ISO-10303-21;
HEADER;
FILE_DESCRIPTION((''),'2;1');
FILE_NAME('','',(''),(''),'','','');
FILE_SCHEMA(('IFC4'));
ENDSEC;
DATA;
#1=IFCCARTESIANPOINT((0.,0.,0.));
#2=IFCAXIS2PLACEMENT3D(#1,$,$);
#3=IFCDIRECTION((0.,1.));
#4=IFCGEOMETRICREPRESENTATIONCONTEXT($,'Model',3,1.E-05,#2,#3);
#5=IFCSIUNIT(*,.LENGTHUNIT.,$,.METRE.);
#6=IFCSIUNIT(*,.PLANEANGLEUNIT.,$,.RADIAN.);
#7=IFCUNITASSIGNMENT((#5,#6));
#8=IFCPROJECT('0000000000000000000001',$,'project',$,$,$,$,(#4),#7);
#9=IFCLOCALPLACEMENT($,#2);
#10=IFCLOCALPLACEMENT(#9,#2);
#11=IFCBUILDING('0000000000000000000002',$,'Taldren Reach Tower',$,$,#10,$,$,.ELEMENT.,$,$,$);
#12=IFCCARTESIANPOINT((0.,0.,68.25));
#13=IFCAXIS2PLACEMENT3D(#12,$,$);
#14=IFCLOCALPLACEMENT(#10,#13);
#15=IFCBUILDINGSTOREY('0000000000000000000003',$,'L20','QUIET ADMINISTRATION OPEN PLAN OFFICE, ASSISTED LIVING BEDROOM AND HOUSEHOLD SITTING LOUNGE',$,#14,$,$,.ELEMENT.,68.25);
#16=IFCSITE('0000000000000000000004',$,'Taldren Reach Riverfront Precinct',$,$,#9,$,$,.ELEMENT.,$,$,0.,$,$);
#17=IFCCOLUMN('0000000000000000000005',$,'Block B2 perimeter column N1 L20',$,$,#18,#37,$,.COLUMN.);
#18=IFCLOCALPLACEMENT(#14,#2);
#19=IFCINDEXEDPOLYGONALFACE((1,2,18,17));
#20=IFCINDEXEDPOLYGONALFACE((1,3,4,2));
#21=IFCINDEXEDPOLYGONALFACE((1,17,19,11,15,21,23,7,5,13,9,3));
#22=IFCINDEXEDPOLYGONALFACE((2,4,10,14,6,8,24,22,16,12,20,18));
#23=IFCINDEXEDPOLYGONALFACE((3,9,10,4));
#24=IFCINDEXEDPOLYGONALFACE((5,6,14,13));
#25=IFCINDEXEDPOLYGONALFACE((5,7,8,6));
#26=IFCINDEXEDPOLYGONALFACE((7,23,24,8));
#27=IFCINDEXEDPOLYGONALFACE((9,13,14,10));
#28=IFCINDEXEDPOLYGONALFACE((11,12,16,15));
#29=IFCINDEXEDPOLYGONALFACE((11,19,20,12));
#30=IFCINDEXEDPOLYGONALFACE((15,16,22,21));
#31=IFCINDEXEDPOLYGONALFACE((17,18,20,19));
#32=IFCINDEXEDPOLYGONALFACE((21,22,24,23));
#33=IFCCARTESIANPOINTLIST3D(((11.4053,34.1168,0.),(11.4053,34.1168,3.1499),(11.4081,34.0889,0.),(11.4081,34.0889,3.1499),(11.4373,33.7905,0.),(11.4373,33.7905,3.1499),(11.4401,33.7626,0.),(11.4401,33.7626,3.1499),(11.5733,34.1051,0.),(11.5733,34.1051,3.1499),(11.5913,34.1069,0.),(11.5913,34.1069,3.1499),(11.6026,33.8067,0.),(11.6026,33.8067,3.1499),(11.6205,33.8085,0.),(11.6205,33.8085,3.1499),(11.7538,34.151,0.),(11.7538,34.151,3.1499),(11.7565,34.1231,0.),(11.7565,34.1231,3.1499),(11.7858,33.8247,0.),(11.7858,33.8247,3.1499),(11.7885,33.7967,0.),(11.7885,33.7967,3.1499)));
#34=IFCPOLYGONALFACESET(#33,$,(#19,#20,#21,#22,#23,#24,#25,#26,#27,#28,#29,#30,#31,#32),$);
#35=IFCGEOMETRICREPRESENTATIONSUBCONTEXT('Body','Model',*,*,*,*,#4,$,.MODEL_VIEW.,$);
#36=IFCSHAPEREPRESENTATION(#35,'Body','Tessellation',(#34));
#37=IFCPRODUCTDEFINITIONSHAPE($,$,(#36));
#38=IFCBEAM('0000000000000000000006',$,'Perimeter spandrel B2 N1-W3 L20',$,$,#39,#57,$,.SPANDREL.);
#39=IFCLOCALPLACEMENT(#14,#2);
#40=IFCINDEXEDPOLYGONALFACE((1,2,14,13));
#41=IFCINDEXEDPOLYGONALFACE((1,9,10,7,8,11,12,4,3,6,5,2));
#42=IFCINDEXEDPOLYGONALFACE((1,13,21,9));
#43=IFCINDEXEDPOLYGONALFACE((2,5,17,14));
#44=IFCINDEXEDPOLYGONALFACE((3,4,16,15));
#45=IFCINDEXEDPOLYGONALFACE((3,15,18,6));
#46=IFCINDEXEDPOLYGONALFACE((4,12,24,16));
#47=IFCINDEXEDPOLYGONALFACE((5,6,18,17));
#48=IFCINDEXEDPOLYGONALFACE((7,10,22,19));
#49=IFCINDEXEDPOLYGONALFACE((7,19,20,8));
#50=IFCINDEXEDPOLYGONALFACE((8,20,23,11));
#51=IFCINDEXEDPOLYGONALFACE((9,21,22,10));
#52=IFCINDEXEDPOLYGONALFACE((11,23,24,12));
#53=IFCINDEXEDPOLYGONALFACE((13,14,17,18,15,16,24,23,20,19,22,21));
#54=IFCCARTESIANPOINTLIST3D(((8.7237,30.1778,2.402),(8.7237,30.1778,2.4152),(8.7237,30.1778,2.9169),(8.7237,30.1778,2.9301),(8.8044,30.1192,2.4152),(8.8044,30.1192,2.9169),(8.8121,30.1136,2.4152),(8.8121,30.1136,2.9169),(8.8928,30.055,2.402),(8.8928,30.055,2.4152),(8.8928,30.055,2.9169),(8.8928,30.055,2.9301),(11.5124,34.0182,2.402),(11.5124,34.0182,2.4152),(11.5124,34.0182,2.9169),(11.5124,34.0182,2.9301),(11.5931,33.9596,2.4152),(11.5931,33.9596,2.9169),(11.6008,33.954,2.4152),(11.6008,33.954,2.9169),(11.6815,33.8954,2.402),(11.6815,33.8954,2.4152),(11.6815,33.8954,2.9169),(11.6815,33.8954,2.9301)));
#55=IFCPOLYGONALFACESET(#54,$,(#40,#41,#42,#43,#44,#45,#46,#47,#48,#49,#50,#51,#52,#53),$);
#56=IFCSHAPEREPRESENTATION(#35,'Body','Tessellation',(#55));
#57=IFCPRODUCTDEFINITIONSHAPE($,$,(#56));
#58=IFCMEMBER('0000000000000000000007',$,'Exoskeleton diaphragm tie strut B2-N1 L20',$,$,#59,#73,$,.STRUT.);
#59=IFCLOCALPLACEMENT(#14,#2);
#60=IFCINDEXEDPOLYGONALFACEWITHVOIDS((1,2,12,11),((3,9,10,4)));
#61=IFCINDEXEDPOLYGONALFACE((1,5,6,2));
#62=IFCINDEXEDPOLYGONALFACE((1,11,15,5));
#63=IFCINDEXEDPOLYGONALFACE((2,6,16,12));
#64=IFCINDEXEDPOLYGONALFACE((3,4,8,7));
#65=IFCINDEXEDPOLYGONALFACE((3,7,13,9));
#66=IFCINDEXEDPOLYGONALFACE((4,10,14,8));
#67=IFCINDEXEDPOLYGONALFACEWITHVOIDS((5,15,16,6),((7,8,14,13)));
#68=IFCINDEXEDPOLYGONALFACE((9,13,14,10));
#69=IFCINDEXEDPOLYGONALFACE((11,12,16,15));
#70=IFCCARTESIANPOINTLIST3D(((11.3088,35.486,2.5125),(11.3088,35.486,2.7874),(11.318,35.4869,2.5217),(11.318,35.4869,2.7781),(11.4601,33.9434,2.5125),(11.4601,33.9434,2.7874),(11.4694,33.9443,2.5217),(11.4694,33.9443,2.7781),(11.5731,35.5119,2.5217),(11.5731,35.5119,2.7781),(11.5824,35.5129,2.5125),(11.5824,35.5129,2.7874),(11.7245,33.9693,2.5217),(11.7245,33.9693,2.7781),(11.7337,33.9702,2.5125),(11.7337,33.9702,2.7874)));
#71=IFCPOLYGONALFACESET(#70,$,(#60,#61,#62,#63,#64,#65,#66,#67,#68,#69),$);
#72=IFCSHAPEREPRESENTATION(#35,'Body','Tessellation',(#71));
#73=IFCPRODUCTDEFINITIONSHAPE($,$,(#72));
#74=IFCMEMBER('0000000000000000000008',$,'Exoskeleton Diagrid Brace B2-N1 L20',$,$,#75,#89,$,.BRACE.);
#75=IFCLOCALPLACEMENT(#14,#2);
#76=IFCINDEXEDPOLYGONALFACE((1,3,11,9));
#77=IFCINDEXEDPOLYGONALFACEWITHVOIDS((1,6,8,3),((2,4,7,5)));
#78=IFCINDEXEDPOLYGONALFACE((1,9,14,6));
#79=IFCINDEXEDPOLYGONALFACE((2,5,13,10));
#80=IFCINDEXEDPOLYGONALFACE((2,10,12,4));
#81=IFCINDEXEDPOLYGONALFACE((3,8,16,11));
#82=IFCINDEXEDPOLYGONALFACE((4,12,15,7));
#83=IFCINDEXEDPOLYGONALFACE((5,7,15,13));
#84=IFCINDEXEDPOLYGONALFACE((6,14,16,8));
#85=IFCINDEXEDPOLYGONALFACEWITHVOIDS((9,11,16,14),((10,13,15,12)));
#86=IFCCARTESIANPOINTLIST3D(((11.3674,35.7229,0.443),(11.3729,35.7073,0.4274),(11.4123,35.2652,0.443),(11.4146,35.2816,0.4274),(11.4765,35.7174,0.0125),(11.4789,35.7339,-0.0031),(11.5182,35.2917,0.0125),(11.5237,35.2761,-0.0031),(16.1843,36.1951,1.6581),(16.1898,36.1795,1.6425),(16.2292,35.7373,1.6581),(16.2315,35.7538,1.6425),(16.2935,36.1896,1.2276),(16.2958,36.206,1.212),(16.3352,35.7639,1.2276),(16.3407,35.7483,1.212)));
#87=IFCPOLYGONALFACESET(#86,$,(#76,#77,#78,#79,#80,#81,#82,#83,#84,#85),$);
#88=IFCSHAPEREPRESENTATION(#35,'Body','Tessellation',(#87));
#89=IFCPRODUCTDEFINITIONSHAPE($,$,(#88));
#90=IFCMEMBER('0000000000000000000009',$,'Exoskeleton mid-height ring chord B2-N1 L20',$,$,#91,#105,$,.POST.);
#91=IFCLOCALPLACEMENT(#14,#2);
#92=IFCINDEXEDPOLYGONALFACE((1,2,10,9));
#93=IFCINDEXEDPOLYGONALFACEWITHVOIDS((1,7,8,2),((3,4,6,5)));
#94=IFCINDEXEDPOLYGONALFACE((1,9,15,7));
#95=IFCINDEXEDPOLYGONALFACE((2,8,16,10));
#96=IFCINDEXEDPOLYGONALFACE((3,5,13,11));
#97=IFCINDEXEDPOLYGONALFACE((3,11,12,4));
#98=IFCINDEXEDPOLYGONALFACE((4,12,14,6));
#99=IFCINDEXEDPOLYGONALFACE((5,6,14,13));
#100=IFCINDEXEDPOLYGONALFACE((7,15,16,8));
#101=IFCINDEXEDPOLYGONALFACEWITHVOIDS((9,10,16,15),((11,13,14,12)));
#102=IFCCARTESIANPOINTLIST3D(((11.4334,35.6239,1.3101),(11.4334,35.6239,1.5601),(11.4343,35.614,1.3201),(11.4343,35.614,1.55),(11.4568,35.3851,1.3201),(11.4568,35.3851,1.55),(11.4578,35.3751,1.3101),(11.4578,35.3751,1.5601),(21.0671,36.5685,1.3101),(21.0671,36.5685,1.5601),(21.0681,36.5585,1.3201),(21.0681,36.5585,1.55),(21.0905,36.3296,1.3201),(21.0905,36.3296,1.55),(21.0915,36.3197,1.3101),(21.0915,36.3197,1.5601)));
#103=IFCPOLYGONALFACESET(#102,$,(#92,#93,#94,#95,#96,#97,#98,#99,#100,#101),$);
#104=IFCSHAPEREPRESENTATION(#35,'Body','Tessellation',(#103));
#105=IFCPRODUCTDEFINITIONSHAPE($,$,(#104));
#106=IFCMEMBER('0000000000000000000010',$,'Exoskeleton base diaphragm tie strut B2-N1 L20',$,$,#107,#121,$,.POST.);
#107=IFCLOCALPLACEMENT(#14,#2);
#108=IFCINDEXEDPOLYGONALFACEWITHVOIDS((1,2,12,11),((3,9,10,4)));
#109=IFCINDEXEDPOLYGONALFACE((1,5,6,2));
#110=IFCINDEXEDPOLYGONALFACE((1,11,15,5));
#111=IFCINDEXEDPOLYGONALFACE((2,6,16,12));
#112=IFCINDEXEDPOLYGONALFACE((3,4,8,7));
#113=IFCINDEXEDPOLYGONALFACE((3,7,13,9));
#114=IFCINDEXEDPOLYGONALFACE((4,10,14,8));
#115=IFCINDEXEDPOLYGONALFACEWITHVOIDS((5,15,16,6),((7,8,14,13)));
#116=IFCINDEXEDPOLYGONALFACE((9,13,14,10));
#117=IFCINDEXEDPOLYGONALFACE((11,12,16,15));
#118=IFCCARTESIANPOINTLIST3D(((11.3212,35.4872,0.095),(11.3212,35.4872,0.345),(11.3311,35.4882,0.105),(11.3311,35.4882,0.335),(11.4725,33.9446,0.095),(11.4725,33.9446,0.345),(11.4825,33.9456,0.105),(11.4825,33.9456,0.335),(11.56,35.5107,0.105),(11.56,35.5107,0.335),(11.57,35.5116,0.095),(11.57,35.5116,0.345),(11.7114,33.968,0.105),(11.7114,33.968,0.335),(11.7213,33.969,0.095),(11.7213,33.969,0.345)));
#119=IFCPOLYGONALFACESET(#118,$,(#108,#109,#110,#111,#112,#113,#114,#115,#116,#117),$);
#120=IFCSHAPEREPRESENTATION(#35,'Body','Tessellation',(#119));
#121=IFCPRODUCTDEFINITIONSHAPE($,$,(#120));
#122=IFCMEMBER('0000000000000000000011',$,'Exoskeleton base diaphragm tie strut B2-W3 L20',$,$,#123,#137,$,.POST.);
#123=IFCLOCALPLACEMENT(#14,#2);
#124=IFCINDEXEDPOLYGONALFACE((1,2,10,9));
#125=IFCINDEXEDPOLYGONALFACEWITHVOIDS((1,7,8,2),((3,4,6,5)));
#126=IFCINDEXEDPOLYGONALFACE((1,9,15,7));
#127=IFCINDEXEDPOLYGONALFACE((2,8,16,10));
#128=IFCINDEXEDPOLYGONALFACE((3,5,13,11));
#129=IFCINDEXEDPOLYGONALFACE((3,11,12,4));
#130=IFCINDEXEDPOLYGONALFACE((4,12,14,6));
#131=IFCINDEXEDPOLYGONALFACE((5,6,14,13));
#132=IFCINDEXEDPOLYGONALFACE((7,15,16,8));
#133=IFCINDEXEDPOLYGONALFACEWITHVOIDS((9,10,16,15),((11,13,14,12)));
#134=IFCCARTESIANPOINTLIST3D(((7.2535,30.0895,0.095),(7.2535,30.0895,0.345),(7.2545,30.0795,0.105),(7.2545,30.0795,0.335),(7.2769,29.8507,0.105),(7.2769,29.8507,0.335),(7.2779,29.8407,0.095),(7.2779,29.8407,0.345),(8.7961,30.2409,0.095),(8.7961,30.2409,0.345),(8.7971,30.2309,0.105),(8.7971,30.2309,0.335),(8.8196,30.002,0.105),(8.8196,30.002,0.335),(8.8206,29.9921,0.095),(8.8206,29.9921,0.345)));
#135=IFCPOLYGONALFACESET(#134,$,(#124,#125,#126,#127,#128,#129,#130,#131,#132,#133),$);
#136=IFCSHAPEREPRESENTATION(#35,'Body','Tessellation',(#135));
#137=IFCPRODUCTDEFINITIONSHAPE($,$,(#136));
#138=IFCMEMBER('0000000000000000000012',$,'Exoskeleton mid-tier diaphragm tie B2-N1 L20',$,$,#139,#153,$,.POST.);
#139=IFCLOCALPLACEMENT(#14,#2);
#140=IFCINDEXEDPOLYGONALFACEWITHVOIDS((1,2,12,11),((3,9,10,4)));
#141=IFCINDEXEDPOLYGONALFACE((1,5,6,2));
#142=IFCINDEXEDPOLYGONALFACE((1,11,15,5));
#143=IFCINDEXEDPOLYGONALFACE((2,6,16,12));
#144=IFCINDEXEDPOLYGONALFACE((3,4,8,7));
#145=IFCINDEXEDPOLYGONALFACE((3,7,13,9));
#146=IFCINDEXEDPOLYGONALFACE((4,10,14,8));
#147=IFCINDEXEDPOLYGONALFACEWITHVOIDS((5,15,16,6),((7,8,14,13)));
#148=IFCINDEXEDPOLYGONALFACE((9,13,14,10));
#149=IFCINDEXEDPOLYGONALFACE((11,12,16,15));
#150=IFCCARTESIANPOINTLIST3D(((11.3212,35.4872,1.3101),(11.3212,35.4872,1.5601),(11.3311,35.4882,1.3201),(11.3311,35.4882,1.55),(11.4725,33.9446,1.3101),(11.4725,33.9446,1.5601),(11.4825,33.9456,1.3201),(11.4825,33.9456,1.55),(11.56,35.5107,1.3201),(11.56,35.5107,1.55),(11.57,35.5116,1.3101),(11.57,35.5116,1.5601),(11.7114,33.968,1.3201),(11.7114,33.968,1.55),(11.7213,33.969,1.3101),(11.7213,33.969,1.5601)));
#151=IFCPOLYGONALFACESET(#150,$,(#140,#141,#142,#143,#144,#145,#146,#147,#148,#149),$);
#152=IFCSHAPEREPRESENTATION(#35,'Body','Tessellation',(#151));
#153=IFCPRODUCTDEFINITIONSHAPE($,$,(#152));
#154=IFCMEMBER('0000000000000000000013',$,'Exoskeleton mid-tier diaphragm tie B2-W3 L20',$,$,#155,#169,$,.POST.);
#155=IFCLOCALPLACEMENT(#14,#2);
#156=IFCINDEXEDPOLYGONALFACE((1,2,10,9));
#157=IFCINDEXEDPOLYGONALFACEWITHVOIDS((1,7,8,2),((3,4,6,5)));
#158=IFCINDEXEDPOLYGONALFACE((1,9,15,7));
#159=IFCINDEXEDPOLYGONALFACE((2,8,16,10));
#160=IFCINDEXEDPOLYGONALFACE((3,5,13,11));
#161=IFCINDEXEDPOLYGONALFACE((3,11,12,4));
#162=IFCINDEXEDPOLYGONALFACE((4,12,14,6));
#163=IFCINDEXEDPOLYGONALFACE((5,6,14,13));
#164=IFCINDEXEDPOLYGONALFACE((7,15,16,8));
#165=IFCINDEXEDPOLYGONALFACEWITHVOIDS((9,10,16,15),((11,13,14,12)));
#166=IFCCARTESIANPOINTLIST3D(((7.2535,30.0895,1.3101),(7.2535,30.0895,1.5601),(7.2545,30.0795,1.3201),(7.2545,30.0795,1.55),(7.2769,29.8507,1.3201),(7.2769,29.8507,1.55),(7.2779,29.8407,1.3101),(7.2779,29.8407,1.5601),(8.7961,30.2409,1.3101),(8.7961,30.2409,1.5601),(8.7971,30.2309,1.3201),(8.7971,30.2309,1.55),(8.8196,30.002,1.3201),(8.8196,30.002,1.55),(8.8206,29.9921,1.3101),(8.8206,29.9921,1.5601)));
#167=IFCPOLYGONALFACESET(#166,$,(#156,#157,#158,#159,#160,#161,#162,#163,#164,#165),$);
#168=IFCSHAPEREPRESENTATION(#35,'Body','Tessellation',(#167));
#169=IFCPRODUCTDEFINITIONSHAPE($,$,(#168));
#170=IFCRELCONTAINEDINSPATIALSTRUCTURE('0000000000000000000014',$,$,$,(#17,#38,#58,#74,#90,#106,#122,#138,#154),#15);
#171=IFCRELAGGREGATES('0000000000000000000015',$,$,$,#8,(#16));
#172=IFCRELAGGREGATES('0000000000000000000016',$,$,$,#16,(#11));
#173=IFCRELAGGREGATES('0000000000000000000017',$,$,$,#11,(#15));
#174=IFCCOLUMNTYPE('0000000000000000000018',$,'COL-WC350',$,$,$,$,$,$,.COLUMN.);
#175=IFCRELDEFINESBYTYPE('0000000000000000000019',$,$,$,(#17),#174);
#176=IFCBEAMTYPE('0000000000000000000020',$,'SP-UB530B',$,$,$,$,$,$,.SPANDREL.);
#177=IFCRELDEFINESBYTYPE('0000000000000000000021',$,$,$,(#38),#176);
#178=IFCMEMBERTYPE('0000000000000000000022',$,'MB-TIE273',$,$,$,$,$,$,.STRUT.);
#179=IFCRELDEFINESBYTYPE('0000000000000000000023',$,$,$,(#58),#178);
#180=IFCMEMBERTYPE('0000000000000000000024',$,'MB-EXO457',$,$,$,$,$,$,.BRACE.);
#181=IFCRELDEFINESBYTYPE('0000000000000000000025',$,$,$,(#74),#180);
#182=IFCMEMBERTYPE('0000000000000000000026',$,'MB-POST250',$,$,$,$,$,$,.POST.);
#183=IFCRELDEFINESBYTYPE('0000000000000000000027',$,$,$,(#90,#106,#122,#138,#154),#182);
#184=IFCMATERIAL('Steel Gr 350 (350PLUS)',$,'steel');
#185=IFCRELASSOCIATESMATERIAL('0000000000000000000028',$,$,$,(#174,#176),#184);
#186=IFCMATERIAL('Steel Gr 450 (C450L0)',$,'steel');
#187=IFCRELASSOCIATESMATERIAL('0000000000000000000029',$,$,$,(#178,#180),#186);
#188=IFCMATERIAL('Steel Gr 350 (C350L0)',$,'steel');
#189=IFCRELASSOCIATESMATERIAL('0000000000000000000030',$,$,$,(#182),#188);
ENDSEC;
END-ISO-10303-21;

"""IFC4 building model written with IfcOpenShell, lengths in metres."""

from ifc_helpers import new_model, si_unit, direction, frame, origin, origin_2d, place, context, subcontext, project, spatial, hollow_rectangle, i_section, extrude, source, transform, mapped, material, material_profile, profile_set, type_object, element, save


model = new_model("IFC4")

# Units and contexts
model_context = context("Model", 3, precision=1e-05, world=origin(), true_north=direction((0.0, 1.0)))
body_context = subcontext(model_context, "Body", "Model", "MODEL_VIEW")
ifc_project = project(units=[si_unit("LENGTHUNIT", "METRE"), si_unit("PLANEANGLEUNIT", "RADIAN")], contexts=[model_context])

# Site, building, storey
site_placement = place(None, origin())
site = spatial("IfcSite", under=ifc_project, at=site_placement, Name="Taldren Reach Riverfront Precinct", CompositionType="ELEMENT", RefElevation=0.0)
building_placement = place(site_placement, origin())
building = spatial("IfcBuilding", under=site, at=building_placement, Name="Taldren Reach Tower", CompositionType="ELEMENT")
storey_placement = place(building_placement, frame((0.0, 0.0, 68.25)))
storey = spatial("IfcBuildingStorey", under=building, at=storey_placement, Name="L20", Description="QUIET ADMINISTRATION OPEN PLAN OFFICE, ASSISTED LIVING BEDROOM AND HOUSEHOLD SITTING LOUNGE", CompositionType="ELEMENT", Elevation=68.25)

# Column
ifc_material_1 = material(Name="Steel Gr 350 (350PLUS)", Category="steel")
ifc_material_profile_1 = material_profile(ifc_material_1, i_section(OverallWidth=0.3501, OverallDepth=0.356, WebThickness=0.0181, FlangeThickness=0.0281, at=origin_2d()), Name="350WC197")
ifc_profile_set_1 = profile_set([ifc_material_profile_1], Name="Steel Gr 350 (350PLUS)")
column_type = type_object("IfcColumnType", Name="COL-WC350", PredefinedType="COLUMN", material=ifc_profile_set_1)
shared_shape_1 = source(origin(), body_context, "Body", "SweptSolid", [
    extrude(i_section(OverallWidth=0.3501, OverallDepth=0.356, WebThickness=0.0181, FlangeThickness=0.0281, at=origin_2d()), origin(), (0.0, 0.0, 1.0), 3.1499),
])
column_placement = place(storey_placement, frame((11.5969, 33.9568, 0.0), z_axis=(0.0, 0.0, 1.0), x_axis=(0.995227, 0.097583, 0.0)))
element("IfcColumn", 1, at=column_placement, inside=storey, type_object=column_type, Name="Block B2 perimeter column N1 L20", PredefinedType="COLUMN", context=body_context, shape_type="MappedRepresentation", body=[
    mapped(shared_shape_1, transform((0.0, 0.0, 0.0), scale=1.0)),
])

# Beam
ifc_material_profile_2 = material_profile(ifc_material_1, i_section(OverallWidth=0.209, OverallDepth=0.5281, WebThickness=0.0095, FlangeThickness=0.0132, at=origin_2d()), Name="530UB82.0")
ifc_profile_set_2 = profile_set([ifc_material_profile_2], Name="Steel Gr 350 (350PLUS)")
beam_type = type_object("IfcBeamType", Name="SP-UB530B", PredefinedType="SPANDREL", material=ifc_profile_set_2)
shared_shape_2 = source(origin(), body_context, "Body", "SweptSolid", [
    extrude(i_section(OverallWidth=0.209, OverallDepth=0.5281, WebThickness=0.0095, FlangeThickness=0.0132, at=origin_2d()), origin(), (0.0, 0.0, 1.0), 4.7461),
])
beam_placement = place(storey_placement, frame((11.5969, 33.9568, 2.666), z_axis=(-0.587566, -0.809176, 0.0), x_axis=(0.809176, -0.587566, 0.0)))
element("IfcBeam", 2, at=beam_placement, inside=storey, type_object=beam_type, Name="Perimeter spandrel B2 N1-W3 L20", PredefinedType="SPANDREL", context=body_context, shape_type="MappedRepresentation", body=[
    mapped(shared_shape_2, transform((0.0, 0.0, 0.0), scale=1.0)),
])

# Members
ifc_material_2 = material(Name="Steel Gr 450 (C450L0)", Category="steel")
ifc_material_profile_3 = material_profile(ifc_material_2, hollow_rectangle(XDim=0.2749, YDim=0.2749, WallThickness=0.0093, at=origin_2d()), Name="275x275x9.3SHS")
ifc_profile_set_3 = profile_set([ifc_material_profile_3], Name="Steel Gr 450 (C450L0)")
member_type_1 = type_object("IfcMemberType", Name="MB-TIE273", PredefinedType="STRUT", material=ifc_profile_set_3)
shared_shape_3 = source(origin(), body_context, "Body", "SweptSolid", [
    extrude(hollow_rectangle(XDim=0.2749, YDim=0.2749, WallThickness=0.0093, at=origin_2d()), origin(), (0.0, 0.0, 1.0), 1.55),
])
member_1_placement = place(storey_placement, frame((11.5969, 33.9568, 2.6499), z_axis=(-0.097648, 0.995221, 0.0), x_axis=(-0.995221, -0.097648, 0.0)))
element("IfcMember", 3, at=member_1_placement, inside=storey, type_object=member_type_1, Name="Exoskeleton diaphragm tie strut B2-N1 L20", PredefinedType="STRUT", context=body_context, shape_type="MappedRepresentation", body=[
    mapped(shared_shape_3, transform((0.0, 0.0, 0.0), scale=1.0)),
])
ifc_material_profile_4 = material_profile(ifc_material_2, hollow_rectangle(XDim=0.46, YDim=0.46, WallThickness=0.0161, at=origin_2d()), Name="460x460x16.0SHS")
ifc_profile_set_4 = profile_set([ifc_material_profile_4], Name="Steel Gr 450 (C450L0)")
member_type_2 = type_object("IfcMemberType", Name="MB-EXO457", PredefinedType="BRACE", material=ifc_profile_set_4)
shared_shape_4 = source(origin(), body_context, "Body", "SweptSolid", [
    extrude(hollow_rectangle(XDim=0.46, YDim=0.46, WallThickness=0.0161, at=origin_2d()), origin(), (0.0, 0.0, 1.0), 4.9902),
])
member_2_placement = place(storey_placement, frame((11.4456, 35.4995, 0.22), z_axis=(0.965276, 0.09462, 0.243496), x_axis=(-0.097556, 0.99523, 0.0)))
element("IfcMember", 4, at=member_2_placement, inside=storey, type_object=member_type_2, Name="Exoskeleton Diagrid Brace B2-N1 L20", PredefinedType="BRACE", context=body_context, shape_type="MappedRepresentation", body=[
    mapped(shared_shape_4, transform((0.0, 0.0, 0.0), scale=1.0)),
])
ifc_material_3 = material(Name="Steel Gr 350 (C350L0)", Category="steel")
ifc_material_profile_5 = material_profile(ifc_material_3, hollow_rectangle(XDim=0.25, YDim=0.25, WallThickness=0.01, at=origin_2d()), Name="250x250x10.0SHS")
ifc_profile_set_5 = profile_set([ifc_material_profile_5], Name="Steel Gr 350 (C350L0)")
member_type_3 = type_object("IfcMemberType", Name="MB-POST250", PredefinedType="POST", material=ifc_profile_set_5)
shared_shape_5 = source(origin(), body_context, "Body", "SweptSolid", [
    extrude(hollow_rectangle(XDim=0.25, YDim=0.25, WallThickness=0.01, at=origin_2d()), origin(), (0.0, 0.0, 1.0), 9.6799),
])
member_3_placement = place(storey_placement, frame((11.4456, 35.4995, 1.4351), z_axis=(0.995228, 0.097581, 0.0), x_axis=(-0.097581, 0.995228, 0.0)))
element("IfcMember", 5, at=member_3_placement, inside=storey, type_object=member_type_3, Name="Exoskeleton mid-height ring chord B2-N1 L20", PredefinedType="POST", context=body_context, shape_type="MappedRepresentation", body=[
    mapped(shared_shape_5, transform((0.0, 0.0, 0.0), scale=1.0)),
])
shared_shape_6 = source(origin(), body_context, "Body", "SweptSolid", [
    extrude(hollow_rectangle(XDim=0.25, YDim=0.25, WallThickness=0.01, at=origin_2d()), origin(), (0.0, 0.0, 1.0), 1.55),
])
for number, where, z_axis, x_axis, name in (
    (6, (11.5969, 33.9568, 0.22), (-0.097648, 0.995221, 0.0), (-0.995221, -0.097648, 0.0), "Exoskeleton base diaphragm tie strut B2-N1 L20"),
    (7, (8.8083, 30.1165, 0.22), (-0.995221, -0.097648, 0.0), (0.097648, -0.995221, 0.0), "Exoskeleton base diaphragm tie strut B2-W3 L20"),
    (8, (11.5969, 33.9568, 1.4351), (-0.097648, 0.995221, 0.0), (-0.995221, -0.097648, 0.0), "Exoskeleton mid-tier diaphragm tie B2-N1 L20"),
    (9, (8.8083, 30.1165, 1.4351), (-0.995221, -0.097648, 0.0), (0.097648, -0.995221, 0.0), "Exoskeleton mid-tier diaphragm tie B2-W3 L20"),
):
    element("IfcMember", number, at=place(storey_placement, frame(where, z_axis=z_axis, x_axis=x_axis)), inside=storey, type_object=member_type_3, Name=name, PredefinedType="POST", context=body_context, shape_type="MappedRepresentation", body=[
        mapped(shared_shape_6, transform((0.0, 0.0, 0.0), scale=1.0)),
    ])

save(model, "model.ifc")
